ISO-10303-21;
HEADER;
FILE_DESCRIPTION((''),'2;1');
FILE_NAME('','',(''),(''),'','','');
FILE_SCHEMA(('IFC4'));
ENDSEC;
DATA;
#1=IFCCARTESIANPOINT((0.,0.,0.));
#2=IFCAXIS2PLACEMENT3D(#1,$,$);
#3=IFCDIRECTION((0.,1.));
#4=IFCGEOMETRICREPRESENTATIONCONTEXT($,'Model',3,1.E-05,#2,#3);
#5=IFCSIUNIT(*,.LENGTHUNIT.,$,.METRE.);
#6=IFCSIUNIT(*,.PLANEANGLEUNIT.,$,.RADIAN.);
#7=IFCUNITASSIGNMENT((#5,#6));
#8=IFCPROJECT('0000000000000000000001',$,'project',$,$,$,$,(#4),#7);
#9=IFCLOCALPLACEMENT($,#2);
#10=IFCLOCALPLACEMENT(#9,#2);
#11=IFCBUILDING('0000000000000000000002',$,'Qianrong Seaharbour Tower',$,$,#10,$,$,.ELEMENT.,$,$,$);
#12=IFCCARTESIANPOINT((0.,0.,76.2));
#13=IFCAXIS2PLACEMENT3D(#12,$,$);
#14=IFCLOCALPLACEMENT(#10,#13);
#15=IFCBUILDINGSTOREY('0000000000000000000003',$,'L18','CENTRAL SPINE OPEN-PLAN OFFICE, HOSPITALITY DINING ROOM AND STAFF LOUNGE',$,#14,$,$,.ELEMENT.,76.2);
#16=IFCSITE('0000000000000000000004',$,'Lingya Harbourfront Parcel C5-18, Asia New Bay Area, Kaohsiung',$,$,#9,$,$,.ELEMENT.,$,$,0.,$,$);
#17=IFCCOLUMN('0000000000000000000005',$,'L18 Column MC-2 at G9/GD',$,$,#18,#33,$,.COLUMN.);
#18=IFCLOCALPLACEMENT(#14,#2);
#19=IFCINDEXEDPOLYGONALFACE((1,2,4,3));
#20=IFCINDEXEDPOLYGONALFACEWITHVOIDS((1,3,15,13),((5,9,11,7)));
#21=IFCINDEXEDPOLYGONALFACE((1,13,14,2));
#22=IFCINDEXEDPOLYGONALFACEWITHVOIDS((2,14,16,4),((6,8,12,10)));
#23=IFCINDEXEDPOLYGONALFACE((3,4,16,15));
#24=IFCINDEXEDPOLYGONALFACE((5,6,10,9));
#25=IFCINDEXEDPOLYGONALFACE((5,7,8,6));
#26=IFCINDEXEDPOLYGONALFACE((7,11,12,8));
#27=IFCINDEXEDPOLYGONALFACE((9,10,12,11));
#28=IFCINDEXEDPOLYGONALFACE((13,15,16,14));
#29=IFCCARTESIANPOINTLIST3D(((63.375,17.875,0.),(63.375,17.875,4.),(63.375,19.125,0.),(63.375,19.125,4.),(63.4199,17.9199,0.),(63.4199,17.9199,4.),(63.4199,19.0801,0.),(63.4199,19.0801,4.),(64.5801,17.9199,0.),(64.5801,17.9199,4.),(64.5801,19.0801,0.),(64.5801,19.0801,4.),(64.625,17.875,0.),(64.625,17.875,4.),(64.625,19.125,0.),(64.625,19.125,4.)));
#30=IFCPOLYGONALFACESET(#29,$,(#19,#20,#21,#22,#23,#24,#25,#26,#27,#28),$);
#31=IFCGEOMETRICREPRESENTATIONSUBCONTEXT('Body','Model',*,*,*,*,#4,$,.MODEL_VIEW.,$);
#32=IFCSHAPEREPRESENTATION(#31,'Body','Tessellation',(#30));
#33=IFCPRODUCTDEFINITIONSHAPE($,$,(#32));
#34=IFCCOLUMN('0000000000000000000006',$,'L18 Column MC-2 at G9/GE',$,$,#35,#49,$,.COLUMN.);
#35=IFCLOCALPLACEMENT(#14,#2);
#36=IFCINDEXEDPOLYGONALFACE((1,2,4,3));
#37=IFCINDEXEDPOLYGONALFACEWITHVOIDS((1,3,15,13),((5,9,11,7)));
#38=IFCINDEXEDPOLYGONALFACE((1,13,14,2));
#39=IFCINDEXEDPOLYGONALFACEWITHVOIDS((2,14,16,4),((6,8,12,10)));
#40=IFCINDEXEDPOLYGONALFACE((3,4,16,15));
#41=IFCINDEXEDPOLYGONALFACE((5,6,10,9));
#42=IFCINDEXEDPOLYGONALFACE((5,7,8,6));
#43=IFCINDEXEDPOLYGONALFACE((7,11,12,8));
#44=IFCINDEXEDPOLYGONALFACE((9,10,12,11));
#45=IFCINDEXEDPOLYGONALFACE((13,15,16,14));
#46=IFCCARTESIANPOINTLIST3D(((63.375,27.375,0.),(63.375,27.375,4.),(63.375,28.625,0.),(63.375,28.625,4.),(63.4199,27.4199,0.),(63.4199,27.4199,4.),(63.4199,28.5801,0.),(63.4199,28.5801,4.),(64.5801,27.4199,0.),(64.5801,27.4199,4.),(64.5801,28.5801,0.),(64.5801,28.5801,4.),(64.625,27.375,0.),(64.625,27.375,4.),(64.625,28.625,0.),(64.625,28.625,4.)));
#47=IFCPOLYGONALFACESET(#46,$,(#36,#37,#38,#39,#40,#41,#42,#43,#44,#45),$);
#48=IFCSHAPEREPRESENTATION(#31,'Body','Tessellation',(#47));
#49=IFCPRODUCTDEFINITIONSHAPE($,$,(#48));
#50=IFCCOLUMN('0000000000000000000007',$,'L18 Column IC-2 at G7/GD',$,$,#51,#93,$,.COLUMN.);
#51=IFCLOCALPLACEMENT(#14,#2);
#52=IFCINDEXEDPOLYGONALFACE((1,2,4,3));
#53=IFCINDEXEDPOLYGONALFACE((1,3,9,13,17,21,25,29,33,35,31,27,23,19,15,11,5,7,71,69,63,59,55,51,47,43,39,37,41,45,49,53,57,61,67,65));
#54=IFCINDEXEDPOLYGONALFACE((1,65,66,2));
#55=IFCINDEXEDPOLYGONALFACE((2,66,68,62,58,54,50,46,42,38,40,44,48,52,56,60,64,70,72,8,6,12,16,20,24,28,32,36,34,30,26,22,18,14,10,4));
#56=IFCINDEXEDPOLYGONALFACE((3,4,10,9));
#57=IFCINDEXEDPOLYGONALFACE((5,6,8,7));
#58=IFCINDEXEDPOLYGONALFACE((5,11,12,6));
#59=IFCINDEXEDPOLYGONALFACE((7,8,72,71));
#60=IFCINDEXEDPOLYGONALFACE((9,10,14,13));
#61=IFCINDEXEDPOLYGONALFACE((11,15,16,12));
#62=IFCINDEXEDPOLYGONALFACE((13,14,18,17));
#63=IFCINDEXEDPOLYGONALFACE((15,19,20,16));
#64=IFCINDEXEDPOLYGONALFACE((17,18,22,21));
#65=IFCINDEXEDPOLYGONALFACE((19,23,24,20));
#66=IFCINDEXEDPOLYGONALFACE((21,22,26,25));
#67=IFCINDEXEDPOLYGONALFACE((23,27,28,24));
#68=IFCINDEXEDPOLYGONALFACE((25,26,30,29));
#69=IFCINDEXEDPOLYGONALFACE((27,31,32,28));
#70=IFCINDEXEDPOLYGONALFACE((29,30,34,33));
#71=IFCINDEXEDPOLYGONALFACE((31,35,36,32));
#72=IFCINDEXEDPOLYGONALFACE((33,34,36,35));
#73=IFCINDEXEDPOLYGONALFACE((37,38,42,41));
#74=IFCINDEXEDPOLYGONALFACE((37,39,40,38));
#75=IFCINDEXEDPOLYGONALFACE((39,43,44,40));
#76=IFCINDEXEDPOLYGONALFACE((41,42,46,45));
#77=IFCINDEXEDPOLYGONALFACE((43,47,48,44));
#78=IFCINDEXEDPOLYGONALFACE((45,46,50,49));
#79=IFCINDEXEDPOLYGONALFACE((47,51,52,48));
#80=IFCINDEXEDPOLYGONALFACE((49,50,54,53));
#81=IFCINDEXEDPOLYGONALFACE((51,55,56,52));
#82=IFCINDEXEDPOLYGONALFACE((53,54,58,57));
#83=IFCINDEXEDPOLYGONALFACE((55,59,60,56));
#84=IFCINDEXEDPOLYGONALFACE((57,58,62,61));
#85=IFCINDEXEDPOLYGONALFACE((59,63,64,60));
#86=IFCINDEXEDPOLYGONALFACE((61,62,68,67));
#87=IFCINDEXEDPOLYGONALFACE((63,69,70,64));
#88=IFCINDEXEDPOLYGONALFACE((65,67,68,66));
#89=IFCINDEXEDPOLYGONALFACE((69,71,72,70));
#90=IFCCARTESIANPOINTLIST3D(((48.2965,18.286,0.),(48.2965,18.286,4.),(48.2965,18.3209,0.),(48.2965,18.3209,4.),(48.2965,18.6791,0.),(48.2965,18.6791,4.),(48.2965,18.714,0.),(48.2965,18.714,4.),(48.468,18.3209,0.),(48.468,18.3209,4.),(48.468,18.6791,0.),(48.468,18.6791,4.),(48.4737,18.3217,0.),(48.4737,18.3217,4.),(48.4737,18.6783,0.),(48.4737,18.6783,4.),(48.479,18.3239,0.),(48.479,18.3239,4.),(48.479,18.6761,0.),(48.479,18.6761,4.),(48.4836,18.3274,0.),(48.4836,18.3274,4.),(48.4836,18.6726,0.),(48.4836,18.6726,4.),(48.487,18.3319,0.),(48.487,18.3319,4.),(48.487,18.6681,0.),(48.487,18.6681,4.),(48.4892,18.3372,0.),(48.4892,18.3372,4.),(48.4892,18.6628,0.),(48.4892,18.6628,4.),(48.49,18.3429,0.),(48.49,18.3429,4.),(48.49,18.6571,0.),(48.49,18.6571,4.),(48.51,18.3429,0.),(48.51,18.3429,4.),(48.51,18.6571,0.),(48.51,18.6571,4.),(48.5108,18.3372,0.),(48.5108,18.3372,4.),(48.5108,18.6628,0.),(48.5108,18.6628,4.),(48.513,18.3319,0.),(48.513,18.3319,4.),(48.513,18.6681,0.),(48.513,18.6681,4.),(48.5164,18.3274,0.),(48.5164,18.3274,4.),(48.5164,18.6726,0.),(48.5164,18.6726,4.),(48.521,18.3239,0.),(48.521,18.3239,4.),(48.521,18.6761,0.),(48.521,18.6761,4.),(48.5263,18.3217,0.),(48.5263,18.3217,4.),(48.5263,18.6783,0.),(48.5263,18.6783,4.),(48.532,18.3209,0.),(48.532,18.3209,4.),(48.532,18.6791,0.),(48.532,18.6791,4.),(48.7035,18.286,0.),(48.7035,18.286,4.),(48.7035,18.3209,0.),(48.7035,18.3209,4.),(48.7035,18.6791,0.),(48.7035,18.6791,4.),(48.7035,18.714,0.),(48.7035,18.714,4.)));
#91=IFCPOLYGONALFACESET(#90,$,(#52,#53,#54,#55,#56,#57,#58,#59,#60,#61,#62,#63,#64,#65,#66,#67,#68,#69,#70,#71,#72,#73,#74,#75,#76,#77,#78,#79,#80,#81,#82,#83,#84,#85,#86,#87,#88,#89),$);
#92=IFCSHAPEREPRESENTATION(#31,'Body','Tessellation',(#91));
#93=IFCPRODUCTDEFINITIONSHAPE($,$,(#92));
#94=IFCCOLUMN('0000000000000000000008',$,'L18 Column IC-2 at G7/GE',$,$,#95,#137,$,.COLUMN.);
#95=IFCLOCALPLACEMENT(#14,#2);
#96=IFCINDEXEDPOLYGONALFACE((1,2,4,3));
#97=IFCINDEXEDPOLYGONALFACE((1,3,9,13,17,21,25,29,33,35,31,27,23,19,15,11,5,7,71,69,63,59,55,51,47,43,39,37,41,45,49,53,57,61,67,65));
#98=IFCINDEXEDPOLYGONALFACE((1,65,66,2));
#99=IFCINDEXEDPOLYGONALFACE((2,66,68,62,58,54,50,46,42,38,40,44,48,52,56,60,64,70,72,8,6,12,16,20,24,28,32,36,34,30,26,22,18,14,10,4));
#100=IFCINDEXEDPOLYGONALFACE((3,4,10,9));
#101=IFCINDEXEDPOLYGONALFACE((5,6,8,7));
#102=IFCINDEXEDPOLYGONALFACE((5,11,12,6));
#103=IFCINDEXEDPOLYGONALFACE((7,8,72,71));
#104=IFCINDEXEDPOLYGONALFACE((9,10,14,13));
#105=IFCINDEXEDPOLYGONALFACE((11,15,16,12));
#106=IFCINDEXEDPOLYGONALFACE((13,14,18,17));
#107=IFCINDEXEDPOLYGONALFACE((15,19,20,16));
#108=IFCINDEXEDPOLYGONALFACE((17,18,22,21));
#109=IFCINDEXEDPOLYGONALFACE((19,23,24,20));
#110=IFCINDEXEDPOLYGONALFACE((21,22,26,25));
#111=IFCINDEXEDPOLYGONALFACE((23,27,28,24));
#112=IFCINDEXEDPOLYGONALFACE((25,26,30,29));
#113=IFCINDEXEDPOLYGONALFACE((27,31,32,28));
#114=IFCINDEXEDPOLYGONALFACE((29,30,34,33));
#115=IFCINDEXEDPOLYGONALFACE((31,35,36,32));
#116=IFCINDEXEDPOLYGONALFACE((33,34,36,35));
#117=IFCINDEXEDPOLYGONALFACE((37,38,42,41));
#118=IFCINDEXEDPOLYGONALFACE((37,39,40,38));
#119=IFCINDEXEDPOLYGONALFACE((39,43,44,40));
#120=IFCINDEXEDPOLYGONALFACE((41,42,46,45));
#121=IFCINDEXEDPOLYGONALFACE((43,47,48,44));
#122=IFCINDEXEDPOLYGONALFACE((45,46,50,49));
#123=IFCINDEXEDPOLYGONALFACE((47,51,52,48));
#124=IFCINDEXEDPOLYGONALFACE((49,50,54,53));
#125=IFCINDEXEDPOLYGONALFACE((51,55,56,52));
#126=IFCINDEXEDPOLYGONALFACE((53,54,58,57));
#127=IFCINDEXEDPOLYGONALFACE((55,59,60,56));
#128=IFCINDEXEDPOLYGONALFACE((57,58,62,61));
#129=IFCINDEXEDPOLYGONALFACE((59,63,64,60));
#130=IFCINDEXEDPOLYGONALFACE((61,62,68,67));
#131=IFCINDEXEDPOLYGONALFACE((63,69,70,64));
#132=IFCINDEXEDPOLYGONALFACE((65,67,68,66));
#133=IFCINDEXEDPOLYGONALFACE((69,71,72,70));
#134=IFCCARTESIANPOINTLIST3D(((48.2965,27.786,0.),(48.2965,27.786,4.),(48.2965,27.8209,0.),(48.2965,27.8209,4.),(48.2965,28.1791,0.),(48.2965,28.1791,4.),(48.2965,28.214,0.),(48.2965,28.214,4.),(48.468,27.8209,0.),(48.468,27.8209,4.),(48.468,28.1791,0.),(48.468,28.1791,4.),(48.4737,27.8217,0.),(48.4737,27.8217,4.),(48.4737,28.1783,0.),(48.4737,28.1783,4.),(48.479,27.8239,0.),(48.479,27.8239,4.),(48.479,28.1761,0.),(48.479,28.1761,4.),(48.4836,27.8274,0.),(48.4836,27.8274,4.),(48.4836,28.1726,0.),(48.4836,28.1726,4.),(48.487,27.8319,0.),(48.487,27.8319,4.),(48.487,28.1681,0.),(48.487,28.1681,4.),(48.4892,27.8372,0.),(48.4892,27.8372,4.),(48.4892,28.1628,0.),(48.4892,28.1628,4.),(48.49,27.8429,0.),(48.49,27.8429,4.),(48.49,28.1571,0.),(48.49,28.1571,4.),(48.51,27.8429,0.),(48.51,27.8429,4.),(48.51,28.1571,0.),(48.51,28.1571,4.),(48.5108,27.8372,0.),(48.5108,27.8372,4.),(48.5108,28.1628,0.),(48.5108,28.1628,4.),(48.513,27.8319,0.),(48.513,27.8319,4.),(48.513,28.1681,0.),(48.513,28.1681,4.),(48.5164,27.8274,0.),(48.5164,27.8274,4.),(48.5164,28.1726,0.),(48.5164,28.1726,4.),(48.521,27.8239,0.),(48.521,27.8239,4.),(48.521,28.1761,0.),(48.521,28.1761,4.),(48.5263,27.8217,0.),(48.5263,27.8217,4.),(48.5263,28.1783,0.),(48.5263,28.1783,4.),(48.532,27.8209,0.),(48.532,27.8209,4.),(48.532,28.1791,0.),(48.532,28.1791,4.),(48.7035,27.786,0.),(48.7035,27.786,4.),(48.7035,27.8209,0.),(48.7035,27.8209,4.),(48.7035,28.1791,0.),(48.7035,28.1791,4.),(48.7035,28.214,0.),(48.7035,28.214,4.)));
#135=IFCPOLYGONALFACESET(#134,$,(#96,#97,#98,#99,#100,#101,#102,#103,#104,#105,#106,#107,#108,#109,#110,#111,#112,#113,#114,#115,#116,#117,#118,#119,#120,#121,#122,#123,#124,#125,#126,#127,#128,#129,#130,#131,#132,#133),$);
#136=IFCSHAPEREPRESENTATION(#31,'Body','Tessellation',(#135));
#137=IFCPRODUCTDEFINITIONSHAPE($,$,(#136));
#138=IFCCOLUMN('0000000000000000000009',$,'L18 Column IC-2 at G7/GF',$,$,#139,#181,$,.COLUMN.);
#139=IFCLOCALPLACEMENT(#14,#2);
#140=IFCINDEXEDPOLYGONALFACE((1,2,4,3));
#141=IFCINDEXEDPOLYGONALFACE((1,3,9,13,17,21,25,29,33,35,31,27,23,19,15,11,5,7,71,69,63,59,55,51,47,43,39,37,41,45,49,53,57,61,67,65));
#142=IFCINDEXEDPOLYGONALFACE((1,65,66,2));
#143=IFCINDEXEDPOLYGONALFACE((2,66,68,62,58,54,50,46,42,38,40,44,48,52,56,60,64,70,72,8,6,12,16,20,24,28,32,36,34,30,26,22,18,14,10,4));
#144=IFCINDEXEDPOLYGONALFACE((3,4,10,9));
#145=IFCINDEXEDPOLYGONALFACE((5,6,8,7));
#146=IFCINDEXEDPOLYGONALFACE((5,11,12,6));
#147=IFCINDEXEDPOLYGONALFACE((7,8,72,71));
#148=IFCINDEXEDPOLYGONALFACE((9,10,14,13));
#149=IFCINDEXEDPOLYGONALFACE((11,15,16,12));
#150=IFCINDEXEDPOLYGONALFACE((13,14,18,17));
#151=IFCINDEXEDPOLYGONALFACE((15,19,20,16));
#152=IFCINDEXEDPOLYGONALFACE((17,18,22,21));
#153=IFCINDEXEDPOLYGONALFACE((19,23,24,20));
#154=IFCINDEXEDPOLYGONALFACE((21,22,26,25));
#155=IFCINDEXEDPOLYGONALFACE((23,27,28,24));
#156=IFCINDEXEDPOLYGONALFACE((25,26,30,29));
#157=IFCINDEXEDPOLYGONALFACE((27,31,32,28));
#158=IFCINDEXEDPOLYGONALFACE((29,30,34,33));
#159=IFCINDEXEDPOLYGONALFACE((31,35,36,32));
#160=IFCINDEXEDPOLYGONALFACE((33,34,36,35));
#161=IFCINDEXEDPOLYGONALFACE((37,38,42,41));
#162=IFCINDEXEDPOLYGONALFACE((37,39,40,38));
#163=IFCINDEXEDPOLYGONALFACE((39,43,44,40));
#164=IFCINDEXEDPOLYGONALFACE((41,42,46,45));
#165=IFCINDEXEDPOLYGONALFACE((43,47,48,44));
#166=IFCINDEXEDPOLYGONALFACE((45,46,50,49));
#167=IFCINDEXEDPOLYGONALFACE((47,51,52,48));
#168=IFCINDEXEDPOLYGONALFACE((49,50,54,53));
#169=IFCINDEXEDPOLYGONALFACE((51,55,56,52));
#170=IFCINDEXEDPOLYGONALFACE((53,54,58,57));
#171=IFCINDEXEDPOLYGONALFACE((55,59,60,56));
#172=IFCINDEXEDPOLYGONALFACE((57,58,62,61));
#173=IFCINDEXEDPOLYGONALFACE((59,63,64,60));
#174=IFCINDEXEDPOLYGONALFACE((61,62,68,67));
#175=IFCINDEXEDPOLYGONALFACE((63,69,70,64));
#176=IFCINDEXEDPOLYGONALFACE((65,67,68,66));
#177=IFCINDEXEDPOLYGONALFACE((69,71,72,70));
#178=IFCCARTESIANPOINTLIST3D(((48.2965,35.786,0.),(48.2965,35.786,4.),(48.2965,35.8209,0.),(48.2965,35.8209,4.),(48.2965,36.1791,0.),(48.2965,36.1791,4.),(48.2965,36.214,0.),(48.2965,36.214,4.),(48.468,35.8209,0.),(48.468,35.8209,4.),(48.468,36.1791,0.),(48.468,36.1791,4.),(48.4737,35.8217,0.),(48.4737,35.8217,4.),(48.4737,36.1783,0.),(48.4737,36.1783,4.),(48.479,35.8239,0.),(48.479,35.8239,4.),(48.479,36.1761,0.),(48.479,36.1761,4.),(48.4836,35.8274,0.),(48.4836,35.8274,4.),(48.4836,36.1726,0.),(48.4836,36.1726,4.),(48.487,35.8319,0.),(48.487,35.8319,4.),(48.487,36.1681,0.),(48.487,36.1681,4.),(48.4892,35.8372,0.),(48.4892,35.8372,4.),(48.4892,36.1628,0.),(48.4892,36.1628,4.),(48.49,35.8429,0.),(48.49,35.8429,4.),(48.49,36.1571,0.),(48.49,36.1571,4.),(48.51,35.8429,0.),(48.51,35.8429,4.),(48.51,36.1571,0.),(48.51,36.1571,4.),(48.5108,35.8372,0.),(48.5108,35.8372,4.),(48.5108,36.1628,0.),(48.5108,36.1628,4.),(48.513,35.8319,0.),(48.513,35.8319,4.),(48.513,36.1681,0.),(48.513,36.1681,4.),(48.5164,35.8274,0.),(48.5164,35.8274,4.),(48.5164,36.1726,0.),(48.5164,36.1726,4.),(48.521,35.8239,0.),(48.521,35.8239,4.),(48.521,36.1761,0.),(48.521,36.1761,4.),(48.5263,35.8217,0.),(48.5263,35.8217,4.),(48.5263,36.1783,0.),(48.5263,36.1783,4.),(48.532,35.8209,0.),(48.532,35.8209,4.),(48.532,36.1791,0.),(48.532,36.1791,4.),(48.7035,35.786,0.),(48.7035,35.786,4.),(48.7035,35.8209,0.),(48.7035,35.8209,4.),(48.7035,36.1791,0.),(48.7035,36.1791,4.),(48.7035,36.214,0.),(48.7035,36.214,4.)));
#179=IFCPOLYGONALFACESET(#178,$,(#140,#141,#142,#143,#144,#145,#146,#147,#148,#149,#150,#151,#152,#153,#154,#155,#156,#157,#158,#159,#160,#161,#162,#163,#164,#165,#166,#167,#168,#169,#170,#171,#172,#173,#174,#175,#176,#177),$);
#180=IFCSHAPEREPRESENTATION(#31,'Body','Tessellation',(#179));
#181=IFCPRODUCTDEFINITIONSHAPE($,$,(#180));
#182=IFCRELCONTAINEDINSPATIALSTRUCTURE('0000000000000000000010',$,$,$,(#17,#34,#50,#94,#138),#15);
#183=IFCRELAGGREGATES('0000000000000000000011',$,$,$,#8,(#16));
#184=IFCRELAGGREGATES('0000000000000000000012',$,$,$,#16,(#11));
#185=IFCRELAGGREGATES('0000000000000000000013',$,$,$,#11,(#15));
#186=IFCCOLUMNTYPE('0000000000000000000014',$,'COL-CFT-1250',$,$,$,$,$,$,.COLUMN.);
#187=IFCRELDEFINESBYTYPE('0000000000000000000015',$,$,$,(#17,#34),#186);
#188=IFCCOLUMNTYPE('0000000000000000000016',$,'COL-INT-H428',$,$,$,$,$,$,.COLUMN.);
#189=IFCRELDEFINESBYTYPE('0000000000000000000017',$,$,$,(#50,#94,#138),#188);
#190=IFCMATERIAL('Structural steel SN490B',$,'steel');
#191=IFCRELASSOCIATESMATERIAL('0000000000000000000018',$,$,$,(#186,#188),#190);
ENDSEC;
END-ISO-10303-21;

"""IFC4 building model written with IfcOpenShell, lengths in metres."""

from ifc_helpers import new_model, si_unit, direction, frame, origin, origin_2d, place, context, subcontext, project, spatial, hollow_rectangle, i_section, extrude, material, material_profile, profile_set, type_object, element, save


model = new_model("IFC4")

# Units and contexts
model_context = context("Model", 3, precision=1e-05, world=origin(), true_north=direction((0.0, 1.0)))
body_context = subcontext(model_context, "Body", "Model", "MODEL_VIEW")
ifc_project = project(units=[si_unit("LENGTHUNIT", "METRE"), si_unit("PLANEANGLEUNIT", "RADIAN")], contexts=[model_context])

# Site, building, storey
site_placement = place(None, origin())
site = spatial("IfcSite", under=ifc_project, at=site_placement, Name="Lingya Harbourfront Parcel C5-18, Asia New Bay Area, Kaohsiung", CompositionType="ELEMENT", RefElevation=0.0)
building_placement = place(site_placement, origin())
building = spatial("IfcBuilding", under=site, at=building_placement, Name="Qianrong Seaharbour Tower", CompositionType="ELEMENT")
storey_placement = place(building_placement, frame((0.0, 0.0, 76.2)))
storey = spatial("IfcBuildingStorey", under=building, at=storey_placement, Name="L18", Description="CENTRAL SPINE OPEN-PLAN OFFICE, HOSPITALITY DINING ROOM AND STAFF LOUNGE", CompositionType="ELEMENT", Elevation=76.2)

# Columns
ifc_material_1 = material(Name="Structural steel SN490B", Category="steel")
ifc_material_profile_1 = material_profile(ifc_material_1, hollow_rectangle(XDim=1.25, YDim=1.25, WallThickness=0.0449, at=origin_2d()), Name="BOX1250x1250x45")
ifc_profile_set_1 = profile_set([ifc_material_profile_1], Name="Structural steel SN490B")
column_type_1 = type_object("IfcColumnType", Name="COL-CFT-1250", PredefinedType="COLUMN", material=ifc_profile_set_1)
for number, where, z_axis, x_axis, name in (
    (1, (64.0, 18.5, 0.0), (0.0, 0.0, 1.0), (1.0, 0.0, 0.0), "L18 Column MC-2 at G9/GD"),
    (2, (64.0, 28.0, 0.0), (0.0, 0.0, 1.0), (1.0, 0.0, 0.0), "L18 Column MC-2 at G9/GE"),
):
    element("IfcColumn", number, at=place(storey_placement, frame(where, z_axis=z_axis, x_axis=x_axis)), inside=storey, type_object=column_type_1, Name=name, PredefinedType="COLUMN", context=body_context, shape_type="SweptSolid", body=[
        extrude(hollow_rectangle(XDim=1.25, YDim=1.25, WallThickness=0.0449, at=origin_2d()), origin(), (0.0, 0.0, 1.0), 4.0),
    ])
ifc_material_profile_2 = material_profile(ifc_material_1, i_section(OverallWidth=0.407, OverallDepth=0.428, WebThickness=0.02, FlangeThickness=0.0349, FilletRadius=0.022, at=origin_2d()), Name="H428x407x20x35")
ifc_profile_set_2 = profile_set([ifc_material_profile_2], Name="Structural steel SN490B")
column_type_2 = type_object("IfcColumnType", Name="COL-INT-H428", PredefinedType="COLUMN", material=ifc_profile_set_2)
for number, where, z_axis, x_axis, name in (
    (3, (48.5, 18.5, 0.0), (0.0, 0.0, 1.0), (1.0, 0.0, 0.0), "L18 Column IC-2 at G7/GD"),
    (4, (48.5, 28.0, 0.0), (0.0, 0.0, 1.0), (1.0, 0.0, 0.0), "L18 Column IC-2 at G7/GE"),
    (5, (48.5, 36.0, 0.0), (0.0, 0.0, 1.0), (1.0, 0.0, 0.0), "L18 Column IC-2 at G7/GF"),
):
    element("IfcColumn", number, at=place(storey_placement, frame(where, z_axis=z_axis, x_axis=x_axis)), inside=storey, type_object=column_type_2, Name=name, PredefinedType="COLUMN", context=body_context, shape_type="SweptSolid", body=[
        extrude(i_section(OverallWidth=0.407, OverallDepth=0.428, WebThickness=0.02, FlangeThickness=0.0349, FilletRadius=0.022, at=origin_2d()), origin(), (0.0, 0.0, 1.0), 4.0),
    ])

save(model, "model.ifc")
